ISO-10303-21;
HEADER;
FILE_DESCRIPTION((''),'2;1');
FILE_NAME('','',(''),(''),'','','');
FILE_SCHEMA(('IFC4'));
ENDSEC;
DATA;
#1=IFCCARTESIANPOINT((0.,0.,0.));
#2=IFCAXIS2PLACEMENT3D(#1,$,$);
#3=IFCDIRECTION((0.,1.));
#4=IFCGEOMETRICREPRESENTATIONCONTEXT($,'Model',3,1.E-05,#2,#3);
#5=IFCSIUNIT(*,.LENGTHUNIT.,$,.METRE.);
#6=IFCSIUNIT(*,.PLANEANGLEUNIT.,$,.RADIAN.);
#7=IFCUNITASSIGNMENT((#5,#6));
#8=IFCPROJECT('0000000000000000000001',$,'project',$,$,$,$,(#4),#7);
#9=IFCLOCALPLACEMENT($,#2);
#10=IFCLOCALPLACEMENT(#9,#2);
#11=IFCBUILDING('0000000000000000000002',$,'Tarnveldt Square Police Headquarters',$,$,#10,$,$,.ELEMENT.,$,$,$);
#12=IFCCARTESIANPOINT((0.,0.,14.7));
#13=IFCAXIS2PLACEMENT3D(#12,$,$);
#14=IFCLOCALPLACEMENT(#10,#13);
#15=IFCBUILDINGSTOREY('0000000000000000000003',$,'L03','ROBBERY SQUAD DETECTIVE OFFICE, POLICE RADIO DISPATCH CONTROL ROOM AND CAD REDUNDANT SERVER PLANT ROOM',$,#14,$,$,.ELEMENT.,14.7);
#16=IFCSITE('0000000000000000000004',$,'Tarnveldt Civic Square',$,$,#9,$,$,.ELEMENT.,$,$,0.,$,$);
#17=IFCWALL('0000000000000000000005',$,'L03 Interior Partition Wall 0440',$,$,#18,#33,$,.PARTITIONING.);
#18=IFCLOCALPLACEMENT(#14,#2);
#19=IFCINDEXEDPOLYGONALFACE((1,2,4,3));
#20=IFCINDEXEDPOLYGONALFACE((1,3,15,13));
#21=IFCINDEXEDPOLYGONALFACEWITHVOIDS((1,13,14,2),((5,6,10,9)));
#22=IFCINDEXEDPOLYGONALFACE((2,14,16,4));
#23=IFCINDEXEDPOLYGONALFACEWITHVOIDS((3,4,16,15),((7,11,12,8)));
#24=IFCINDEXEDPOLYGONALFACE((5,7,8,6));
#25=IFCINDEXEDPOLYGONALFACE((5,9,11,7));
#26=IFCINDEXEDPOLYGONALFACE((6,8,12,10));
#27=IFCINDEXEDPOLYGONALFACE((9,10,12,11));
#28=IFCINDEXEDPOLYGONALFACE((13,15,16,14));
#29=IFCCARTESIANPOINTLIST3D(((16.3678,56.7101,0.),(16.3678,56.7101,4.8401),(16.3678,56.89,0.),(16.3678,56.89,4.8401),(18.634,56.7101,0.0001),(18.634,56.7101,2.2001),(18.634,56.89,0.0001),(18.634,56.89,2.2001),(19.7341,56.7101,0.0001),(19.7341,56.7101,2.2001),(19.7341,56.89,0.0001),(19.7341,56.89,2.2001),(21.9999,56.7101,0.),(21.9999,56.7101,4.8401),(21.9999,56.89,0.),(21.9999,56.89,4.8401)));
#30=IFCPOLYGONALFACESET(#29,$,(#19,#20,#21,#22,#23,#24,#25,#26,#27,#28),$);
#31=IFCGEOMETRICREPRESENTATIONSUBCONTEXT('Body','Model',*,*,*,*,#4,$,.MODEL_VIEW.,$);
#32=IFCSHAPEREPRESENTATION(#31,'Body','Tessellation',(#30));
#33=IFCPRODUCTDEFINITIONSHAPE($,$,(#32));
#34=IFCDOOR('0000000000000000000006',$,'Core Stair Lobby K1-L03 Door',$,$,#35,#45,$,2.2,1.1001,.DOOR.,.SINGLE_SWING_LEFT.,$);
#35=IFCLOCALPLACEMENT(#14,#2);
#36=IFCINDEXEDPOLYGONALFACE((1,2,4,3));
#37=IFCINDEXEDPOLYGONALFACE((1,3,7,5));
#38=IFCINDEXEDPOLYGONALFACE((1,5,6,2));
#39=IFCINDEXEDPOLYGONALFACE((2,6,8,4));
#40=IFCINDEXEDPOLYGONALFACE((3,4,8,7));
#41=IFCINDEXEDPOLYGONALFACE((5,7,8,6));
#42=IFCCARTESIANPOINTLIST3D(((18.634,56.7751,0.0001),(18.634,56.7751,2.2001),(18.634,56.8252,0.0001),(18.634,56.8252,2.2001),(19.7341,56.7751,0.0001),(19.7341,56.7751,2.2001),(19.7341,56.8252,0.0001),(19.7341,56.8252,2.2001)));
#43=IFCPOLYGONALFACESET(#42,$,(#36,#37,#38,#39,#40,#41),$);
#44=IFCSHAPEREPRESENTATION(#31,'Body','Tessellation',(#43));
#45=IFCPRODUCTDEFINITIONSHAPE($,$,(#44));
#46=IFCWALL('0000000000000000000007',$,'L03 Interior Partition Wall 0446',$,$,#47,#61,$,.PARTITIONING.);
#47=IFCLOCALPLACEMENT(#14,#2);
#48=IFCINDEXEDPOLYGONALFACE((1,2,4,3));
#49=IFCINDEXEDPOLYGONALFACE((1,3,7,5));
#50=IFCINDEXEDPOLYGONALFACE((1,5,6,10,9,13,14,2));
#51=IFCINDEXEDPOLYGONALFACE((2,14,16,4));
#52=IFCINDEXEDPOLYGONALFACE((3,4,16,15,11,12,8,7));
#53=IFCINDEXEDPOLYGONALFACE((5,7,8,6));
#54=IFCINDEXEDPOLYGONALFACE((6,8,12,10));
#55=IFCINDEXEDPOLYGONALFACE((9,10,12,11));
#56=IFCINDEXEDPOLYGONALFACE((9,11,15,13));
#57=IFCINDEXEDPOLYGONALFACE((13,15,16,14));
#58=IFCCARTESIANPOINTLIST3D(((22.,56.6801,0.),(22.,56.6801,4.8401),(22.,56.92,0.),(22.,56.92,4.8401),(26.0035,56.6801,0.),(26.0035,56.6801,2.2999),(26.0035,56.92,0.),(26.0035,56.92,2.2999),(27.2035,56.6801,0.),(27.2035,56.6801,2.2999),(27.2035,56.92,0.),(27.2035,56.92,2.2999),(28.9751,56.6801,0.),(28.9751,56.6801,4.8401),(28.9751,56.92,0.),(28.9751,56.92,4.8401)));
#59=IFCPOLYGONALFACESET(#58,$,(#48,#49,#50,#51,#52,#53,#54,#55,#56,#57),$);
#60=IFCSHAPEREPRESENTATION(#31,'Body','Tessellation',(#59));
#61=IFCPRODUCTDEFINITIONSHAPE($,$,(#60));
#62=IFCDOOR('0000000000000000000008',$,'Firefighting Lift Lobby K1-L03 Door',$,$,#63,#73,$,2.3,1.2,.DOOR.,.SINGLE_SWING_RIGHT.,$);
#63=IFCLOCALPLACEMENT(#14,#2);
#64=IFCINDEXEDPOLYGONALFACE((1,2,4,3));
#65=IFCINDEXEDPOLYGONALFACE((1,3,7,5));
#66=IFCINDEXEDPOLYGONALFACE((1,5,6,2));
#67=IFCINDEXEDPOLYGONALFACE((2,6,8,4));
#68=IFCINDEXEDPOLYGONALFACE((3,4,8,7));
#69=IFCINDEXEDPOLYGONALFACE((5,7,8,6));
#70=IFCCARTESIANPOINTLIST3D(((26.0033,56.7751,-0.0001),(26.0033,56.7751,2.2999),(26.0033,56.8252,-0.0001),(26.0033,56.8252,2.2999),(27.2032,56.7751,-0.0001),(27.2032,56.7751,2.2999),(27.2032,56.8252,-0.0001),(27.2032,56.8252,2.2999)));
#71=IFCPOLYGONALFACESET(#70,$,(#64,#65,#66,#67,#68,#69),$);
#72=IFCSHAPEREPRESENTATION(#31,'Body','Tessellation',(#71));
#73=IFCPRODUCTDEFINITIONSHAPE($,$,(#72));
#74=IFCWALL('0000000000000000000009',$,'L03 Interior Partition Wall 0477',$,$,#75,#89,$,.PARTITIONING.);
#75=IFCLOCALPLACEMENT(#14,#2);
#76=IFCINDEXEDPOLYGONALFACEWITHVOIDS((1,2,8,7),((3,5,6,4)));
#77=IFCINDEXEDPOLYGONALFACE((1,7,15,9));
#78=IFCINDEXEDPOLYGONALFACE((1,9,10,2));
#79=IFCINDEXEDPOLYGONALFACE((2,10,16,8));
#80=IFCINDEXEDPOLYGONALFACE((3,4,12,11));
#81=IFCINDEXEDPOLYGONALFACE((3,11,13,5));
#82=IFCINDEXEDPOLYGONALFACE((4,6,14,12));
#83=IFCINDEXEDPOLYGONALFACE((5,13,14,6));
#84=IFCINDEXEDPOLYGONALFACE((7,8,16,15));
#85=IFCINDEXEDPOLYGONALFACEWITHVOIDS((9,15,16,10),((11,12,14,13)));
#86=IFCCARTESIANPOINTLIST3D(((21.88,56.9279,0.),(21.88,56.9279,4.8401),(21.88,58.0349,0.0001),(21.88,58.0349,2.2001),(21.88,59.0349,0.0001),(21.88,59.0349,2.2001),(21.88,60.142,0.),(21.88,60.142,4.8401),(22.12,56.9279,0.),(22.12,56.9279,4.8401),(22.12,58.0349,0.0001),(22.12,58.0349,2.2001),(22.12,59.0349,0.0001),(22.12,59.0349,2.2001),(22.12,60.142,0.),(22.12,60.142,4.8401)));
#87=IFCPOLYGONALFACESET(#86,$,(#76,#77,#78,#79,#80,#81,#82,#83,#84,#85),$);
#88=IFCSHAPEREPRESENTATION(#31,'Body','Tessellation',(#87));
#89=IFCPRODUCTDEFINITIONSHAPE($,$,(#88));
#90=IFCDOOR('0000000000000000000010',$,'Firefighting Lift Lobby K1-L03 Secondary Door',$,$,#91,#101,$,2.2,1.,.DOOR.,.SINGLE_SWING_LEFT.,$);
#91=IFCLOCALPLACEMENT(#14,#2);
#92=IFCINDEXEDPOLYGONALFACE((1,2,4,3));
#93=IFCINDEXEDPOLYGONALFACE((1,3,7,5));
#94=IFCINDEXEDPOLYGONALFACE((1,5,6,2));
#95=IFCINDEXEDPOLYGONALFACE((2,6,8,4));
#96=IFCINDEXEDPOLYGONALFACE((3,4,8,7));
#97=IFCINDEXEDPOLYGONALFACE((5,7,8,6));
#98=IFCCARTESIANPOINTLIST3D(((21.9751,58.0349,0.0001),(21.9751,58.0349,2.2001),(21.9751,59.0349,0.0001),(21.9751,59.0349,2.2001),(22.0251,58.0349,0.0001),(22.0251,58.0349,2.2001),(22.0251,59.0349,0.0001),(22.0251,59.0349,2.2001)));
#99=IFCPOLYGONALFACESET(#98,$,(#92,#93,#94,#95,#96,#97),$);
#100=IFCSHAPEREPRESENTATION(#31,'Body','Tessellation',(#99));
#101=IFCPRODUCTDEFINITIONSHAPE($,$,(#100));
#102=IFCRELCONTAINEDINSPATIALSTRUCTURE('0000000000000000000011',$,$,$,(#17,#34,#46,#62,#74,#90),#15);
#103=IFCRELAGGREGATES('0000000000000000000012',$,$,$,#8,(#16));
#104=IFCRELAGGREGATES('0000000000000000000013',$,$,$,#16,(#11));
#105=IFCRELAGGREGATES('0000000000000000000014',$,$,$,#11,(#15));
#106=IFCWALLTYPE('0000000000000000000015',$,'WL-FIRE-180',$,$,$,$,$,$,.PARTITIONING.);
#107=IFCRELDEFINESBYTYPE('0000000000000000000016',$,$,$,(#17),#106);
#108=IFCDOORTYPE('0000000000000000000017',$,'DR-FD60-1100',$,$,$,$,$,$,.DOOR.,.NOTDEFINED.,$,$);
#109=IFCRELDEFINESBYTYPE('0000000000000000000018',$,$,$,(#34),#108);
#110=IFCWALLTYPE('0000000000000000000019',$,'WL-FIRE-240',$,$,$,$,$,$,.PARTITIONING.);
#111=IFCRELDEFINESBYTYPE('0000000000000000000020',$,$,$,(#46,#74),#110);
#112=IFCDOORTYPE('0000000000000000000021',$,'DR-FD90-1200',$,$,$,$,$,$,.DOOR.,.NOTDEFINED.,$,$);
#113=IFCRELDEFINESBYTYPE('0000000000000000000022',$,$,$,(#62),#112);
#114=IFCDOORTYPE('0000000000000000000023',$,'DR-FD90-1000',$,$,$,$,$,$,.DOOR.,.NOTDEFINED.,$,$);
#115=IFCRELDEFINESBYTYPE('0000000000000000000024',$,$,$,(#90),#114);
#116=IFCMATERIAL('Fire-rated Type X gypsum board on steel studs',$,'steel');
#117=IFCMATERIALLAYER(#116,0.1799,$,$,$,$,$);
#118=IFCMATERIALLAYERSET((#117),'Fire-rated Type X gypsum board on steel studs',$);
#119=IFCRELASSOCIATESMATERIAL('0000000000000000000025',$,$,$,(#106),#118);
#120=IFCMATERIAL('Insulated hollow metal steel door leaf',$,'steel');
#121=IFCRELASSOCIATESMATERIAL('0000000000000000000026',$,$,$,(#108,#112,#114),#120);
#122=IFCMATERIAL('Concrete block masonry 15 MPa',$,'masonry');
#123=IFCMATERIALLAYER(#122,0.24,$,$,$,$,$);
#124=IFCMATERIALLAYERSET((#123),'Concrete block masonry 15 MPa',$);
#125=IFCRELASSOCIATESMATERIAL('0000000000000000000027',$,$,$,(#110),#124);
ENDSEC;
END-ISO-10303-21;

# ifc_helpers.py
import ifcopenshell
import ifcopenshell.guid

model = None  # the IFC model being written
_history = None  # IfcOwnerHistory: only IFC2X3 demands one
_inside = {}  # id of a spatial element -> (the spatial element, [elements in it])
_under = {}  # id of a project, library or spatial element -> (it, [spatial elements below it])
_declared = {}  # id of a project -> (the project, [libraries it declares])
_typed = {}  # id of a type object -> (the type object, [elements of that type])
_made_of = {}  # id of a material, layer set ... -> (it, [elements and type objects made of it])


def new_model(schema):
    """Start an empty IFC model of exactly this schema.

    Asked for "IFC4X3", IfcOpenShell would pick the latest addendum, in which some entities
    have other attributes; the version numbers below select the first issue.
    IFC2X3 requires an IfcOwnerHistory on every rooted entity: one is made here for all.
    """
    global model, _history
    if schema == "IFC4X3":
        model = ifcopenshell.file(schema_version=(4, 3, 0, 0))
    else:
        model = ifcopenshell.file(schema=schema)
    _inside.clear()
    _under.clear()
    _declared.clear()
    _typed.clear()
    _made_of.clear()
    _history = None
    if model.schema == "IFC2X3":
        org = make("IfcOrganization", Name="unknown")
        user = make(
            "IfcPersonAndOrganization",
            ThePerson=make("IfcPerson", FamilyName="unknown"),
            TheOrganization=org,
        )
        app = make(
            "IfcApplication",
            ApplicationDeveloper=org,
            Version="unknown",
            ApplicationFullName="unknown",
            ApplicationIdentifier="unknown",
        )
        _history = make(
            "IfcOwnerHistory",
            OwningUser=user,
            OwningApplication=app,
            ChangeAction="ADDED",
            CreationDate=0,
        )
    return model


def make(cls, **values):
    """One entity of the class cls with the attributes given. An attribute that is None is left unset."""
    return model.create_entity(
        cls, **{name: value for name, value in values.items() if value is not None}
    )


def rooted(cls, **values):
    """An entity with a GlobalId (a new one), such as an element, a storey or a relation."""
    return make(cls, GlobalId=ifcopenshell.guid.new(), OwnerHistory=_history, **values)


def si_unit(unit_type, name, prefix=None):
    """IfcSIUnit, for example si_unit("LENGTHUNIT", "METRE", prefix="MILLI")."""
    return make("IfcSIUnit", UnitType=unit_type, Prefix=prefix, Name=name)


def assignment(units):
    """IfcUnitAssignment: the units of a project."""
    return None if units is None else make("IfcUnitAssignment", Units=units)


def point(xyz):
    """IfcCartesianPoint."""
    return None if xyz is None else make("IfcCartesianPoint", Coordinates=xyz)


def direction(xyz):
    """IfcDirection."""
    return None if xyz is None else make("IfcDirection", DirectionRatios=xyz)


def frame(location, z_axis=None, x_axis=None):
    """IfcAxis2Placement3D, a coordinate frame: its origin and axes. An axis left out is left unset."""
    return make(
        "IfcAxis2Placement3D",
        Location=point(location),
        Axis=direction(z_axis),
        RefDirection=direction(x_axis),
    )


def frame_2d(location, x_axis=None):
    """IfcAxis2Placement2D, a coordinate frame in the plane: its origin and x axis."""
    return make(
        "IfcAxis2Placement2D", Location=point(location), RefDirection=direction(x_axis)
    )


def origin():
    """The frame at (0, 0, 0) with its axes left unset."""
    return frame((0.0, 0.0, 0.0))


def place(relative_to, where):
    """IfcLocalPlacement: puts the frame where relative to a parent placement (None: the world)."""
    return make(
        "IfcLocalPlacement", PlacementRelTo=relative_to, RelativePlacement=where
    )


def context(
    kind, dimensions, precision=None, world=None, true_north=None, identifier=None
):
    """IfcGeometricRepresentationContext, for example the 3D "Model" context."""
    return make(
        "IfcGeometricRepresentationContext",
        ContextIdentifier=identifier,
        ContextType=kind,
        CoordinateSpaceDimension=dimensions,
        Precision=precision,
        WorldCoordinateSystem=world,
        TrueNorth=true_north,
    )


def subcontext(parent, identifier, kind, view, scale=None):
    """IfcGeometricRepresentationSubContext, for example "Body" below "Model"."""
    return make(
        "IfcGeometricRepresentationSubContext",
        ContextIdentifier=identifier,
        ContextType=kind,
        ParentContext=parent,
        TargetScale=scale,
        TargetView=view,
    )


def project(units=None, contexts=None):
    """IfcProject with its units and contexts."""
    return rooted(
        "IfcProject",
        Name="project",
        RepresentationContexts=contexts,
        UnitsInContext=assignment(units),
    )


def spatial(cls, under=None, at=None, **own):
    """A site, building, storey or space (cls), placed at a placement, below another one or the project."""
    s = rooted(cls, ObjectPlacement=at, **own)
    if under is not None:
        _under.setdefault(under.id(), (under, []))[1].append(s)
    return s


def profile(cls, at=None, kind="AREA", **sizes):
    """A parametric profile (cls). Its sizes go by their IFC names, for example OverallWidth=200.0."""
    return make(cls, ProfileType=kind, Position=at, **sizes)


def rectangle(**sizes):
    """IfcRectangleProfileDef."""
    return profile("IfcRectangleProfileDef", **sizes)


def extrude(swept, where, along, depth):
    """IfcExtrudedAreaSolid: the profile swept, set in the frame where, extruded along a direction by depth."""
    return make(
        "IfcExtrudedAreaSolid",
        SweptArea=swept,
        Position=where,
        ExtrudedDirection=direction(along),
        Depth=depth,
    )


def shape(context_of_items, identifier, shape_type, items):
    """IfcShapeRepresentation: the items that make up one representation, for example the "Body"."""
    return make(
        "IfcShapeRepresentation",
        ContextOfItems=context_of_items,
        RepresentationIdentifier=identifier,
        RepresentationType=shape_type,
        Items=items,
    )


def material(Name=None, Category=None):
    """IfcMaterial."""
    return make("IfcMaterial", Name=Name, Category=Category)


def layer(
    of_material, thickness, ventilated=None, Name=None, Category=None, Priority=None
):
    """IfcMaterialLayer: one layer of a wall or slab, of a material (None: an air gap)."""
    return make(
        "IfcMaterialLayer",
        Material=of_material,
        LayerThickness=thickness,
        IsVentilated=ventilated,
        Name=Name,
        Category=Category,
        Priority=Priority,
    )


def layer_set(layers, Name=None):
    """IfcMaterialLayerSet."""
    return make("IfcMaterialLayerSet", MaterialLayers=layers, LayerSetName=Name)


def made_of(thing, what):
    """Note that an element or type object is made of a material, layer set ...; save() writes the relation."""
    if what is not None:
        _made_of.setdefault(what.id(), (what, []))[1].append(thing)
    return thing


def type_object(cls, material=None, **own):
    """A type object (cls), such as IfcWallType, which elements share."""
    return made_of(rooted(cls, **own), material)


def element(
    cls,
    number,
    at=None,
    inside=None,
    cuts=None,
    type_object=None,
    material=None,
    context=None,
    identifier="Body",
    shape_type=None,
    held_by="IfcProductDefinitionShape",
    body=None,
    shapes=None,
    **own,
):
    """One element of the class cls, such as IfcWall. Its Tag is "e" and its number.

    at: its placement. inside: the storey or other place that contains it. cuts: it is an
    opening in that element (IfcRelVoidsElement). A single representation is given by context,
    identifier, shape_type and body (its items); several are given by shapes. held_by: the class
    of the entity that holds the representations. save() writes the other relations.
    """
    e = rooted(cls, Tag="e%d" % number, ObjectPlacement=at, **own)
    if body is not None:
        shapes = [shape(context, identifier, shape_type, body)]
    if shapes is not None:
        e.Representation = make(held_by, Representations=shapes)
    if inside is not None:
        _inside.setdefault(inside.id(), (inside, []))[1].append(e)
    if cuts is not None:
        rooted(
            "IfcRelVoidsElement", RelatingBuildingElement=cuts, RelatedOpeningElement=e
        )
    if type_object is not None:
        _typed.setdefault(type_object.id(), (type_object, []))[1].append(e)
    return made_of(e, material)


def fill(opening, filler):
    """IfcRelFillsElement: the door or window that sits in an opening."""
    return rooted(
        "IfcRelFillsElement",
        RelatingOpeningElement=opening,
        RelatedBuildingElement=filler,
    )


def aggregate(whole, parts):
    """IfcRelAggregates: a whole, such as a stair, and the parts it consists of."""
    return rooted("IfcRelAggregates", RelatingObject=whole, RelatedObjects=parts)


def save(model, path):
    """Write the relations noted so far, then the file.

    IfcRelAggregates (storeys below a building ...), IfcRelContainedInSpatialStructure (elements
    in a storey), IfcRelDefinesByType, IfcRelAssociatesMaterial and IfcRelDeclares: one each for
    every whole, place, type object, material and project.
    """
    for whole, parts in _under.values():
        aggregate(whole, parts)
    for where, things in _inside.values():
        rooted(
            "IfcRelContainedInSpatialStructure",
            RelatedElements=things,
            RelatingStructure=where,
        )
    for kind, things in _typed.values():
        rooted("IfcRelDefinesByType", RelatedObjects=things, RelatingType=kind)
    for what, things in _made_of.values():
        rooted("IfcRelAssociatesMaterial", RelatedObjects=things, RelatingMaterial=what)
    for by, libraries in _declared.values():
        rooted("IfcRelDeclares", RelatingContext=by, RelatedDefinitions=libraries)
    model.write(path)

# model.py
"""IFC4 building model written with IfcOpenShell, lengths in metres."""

from ifc_helpers import new_model, si_unit, direction, frame, frame_2d, origin, place, context, subcontext, project, spatial, rectangle, extrude, material, layer, layer_set, type_object, element, fill, save


model = new_model("IFC4")

# Units and contexts
model_context = context("Model", 3, precision=1e-05, world=origin(), true_north=direction((0.0, 1.0)))
body_context = subcontext(model_context, "Body", "Model", "MODEL_VIEW")
ifc_project = project(units=[si_unit("LENGTHUNIT", "METRE"), si_unit("PLANEANGLEUNIT", "RADIAN")], contexts=[model_context])

# Site, building, storey
site_placement = place(None, origin())
site = spatial("IfcSite", under=ifc_project, at=site_placement, Name="Tarnveldt Civic Square", CompositionType="ELEMENT", RefElevation=0.0)
building_placement = place(site_placement, origin())
building = spatial("IfcBuilding", under=site, at=building_placement, Name="Tarnveldt Square Police Headquarters", CompositionType="ELEMENT")
storey_placement = place(building_placement, frame((0.0, 0.0, 14.7)))
storey = spatial("IfcBuildingStorey", under=building, at=storey_placement, Name="L03", Description="ROBBERY SQUAD DETECTIVE OFFICE, POLICE RADIO DISPATCH CONTROL ROOM AND CAD REDUNDANT SERVER PLANT ROOM", CompositionType="ELEMENT", Elevation=14.7)

# Shared definitions
ifc_material_1 = material(Name="Insulated hollow metal steel door leaf", Category="steel")

# Shared definitions
ifc_material_2 = material(Name="Fire-rated Type X gypsum board on steel studs", Category="steel")
ifc_layer_1 = layer(ifc_material_2, 0.1799)
ifc_layer_set_1 = layer_set([ifc_layer_1], Name="Fire-rated Type X gypsum board on steel studs")
wall_type_1 = type_object("IfcWallType", Name="WL-FIRE-180", PredefinedType="PARTITIONING", material=ifc_layer_set_1)

# Walls, openings, doors
wall_1_placement = place(storey_placement, frame((16.3679, 56.8, 0.0), z_axis=(0.0, 0.0, 1.0), x_axis=(1.0, 0.0, 0.0)))
wall_1 = element("IfcWall", 1, at=wall_1_placement, inside=storey, type_object=wall_type_1, Name="L03 Interior Partition Wall 0440", PredefinedType="PARTITIONING", context=body_context, shape_type="SweptSolid", body=[
    extrude(rectangle(XDim=5.6321, YDim=0.1799, at=frame_2d((2.8159, 0.0))), origin(), (0.0, 0.0, 1.0), 4.8401),
])
opening_1_placement = place(wall_1_placement, frame((2.2661, 0.0, 0.0)))
opening_1 = element("IfcOpeningElement", 2, at=opening_1_placement, cuts=wall_1, PredefinedType="OPENING", context=body_context, shape_type="SweptSolid", body=[
    extrude(rectangle(XDim=1.1001, YDim=2.2, at=frame_2d((0.55, 1.1001))), frame((0.0, 0.0999, 0.0), z_axis=(0.0, -1.0, 0.0), x_axis=(1.0, 0.0, 0.0)), (0.0, 0.0, 1.0), 0.2),
])
door_type_1 = type_object("IfcDoorType", Name="DR-FD60-1100", OperationType="NOTDEFINED", PredefinedType="DOOR", material=ifc_material_1)
door_1_placement = place(opening_1_placement, frame((1.1001, 0.0, 0.0), z_axis=(0.0, 0.0, 1.0), x_axis=(-1.0, 0.0, 0.0)))
door_1 = element("IfcDoor", 3, at=door_1_placement, inside=storey, type_object=door_type_1, Name="Core Stair Lobby K1-L03 Door", OperationType="SINGLE_SWING_LEFT", OverallHeight=2.2, OverallWidth=1.1001, PredefinedType="DOOR", context=body_context, shape_type="SweptSolid", body=[
    extrude(rectangle(XDim=1.1001, YDim=2.2, at=frame_2d((0.55, 1.1001))), frame((0.0, 0.0249, 0.0), z_axis=(0.0, -1.0, 0.0), x_axis=(1.0, 0.0, 0.0)), (0.0, 0.0, 1.0), 0.05),
])
fill(opening_1, door_1)
ifc_material_3 = material(Name="Concrete block masonry 15 MPa", Category="masonry")
ifc_layer_2 = layer(ifc_material_3, 0.24)
ifc_layer_set_2 = layer_set([ifc_layer_2], Name="Concrete block masonry 15 MPa")
wall_type_2 = type_object("IfcWallType", Name="WL-FIRE-240", PredefinedType="PARTITIONING", material=ifc_layer_set_2)
wall_2_placement = place(storey_placement, frame((22.0, 56.8, 0.0), z_axis=(0.0, 0.0, 1.0), x_axis=(1.0, 0.0, 0.0)))
wall_2 = element("IfcWall", 4, at=wall_2_placement, inside=storey, type_object=wall_type_2, Name="L03 Interior Partition Wall 0446", PredefinedType="PARTITIONING", context=body_context, shape_type="SweptSolid", body=[
    extrude(rectangle(XDim=6.9751, YDim=0.24, at=frame_2d((3.4875, 0.0))), origin(), (0.0, 0.0, 1.0), 4.8401),
])
opening_2_placement = place(wall_2_placement, frame((4.0034, 0.0, 0.0)))
opening_2 = element("IfcOpeningElement", 5, at=opening_2_placement, cuts=wall_2, PredefinedType="OPENING", context=body_context, shape_type="SweptSolid", body=[
    extrude(rectangle(XDim=1.2, YDim=2.3, at=frame_2d((0.6001, 1.1499))), frame((0.0, 0.1299, 0.0), z_axis=(0.0, -1.0, 0.0), x_axis=(1.0, 0.0, 0.0)), (0.0, 0.0, 1.0), 0.26),
])
door_type_2 = type_object("IfcDoorType", Name="DR-FD90-1200", OperationType="NOTDEFINED", PredefinedType="DOOR", material=ifc_material_1)
door_2_placement = place(opening_2_placement, frame((1.2, 0.0, 0.0), z_axis=(0.0, 0.0, 1.0), x_axis=(-1.0, 0.0, 0.0)))
door_2 = element("IfcDoor", 6, at=door_2_placement, inside=storey, type_object=door_type_2, Name="Firefighting Lift Lobby K1-L03 Door", OperationType="SINGLE_SWING_RIGHT", OverallHeight=2.3, OverallWidth=1.2, PredefinedType="DOOR", context=body_context, shape_type="SweptSolid", body=[
    extrude(rectangle(XDim=1.2, YDim=2.3, at=frame_2d((0.6001, 1.1499))), frame((0.0, 0.0249, 0.0), z_axis=(0.0, -1.0, 0.0), x_axis=(1.0, 0.0, 0.0)), (0.0, 0.0, 1.0), 0.05),
])
fill(opening_2, door_2)
wall_3_placement = place(storey_placement, frame((22.0, 56.928, 0.0), z_axis=(0.0, 0.0, 1.0), x_axis=(0.0, 1.0, 0.0)))
wall_3 = element("IfcWall", 7, at=wall_3_placement, inside=storey, type_object=wall_type_2, Name="L03 Interior Partition Wall 0477", PredefinedType="PARTITIONING", context=body_context, shape_type="SweptSolid", body=[
    extrude(rectangle(XDim=3.2141, YDim=0.24, at=frame_2d((1.6069, 0.0))), origin(), (0.0, 0.0, 1.0), 4.8401),
])
opening_3_placement = place(wall_3_placement, frame((1.1069, 0.0, 0.0)))
opening_3 = element("IfcOpeningElement", 8, at=opening_3_placement, cuts=wall_3, PredefinedType="OPENING", context=body_context, shape_type="SweptSolid", body=[
    extrude(rectangle(XDim=1.0, YDim=2.2, at=frame_2d((0.5, 1.1001))), frame((0.0, 0.1299, 0.0), z_axis=(0.0, -1.0, 0.0), x_axis=(1.0, 0.0, 0.0)), (0.0, 0.0, 1.0), 0.26),
])
door_type_3 = type_object("IfcDoorType", Name="DR-FD90-1000", OperationType="NOTDEFINED", PredefinedType="DOOR", material=ifc_material_1)
door_3_placement = place(opening_3_placement, origin())
door_3 = element("IfcDoor", 9, at=door_3_placement, inside=storey, type_object=door_type_3, Name="Firefighting Lift Lobby K1-L03 Secondary Door", OperationType="SINGLE_SWING_LEFT", OverallHeight=2.2, OverallWidth=1.0, PredefinedType="DOOR", context=body_context, shape_type="SweptSolid", body=[
    extrude(rectangle(XDim=1.0, YDim=2.2, at=frame_2d((0.5, 1.1001))), frame((0.0, 0.0249, 0.0), z_axis=(0.0, -1.0, 0.0), x_axis=(1.0, 0.0, 0.0)), (0.0, 0.0, 1.0), 0.05),
])
fill(opening_3, door_3)

save(model, "model.ifc")
